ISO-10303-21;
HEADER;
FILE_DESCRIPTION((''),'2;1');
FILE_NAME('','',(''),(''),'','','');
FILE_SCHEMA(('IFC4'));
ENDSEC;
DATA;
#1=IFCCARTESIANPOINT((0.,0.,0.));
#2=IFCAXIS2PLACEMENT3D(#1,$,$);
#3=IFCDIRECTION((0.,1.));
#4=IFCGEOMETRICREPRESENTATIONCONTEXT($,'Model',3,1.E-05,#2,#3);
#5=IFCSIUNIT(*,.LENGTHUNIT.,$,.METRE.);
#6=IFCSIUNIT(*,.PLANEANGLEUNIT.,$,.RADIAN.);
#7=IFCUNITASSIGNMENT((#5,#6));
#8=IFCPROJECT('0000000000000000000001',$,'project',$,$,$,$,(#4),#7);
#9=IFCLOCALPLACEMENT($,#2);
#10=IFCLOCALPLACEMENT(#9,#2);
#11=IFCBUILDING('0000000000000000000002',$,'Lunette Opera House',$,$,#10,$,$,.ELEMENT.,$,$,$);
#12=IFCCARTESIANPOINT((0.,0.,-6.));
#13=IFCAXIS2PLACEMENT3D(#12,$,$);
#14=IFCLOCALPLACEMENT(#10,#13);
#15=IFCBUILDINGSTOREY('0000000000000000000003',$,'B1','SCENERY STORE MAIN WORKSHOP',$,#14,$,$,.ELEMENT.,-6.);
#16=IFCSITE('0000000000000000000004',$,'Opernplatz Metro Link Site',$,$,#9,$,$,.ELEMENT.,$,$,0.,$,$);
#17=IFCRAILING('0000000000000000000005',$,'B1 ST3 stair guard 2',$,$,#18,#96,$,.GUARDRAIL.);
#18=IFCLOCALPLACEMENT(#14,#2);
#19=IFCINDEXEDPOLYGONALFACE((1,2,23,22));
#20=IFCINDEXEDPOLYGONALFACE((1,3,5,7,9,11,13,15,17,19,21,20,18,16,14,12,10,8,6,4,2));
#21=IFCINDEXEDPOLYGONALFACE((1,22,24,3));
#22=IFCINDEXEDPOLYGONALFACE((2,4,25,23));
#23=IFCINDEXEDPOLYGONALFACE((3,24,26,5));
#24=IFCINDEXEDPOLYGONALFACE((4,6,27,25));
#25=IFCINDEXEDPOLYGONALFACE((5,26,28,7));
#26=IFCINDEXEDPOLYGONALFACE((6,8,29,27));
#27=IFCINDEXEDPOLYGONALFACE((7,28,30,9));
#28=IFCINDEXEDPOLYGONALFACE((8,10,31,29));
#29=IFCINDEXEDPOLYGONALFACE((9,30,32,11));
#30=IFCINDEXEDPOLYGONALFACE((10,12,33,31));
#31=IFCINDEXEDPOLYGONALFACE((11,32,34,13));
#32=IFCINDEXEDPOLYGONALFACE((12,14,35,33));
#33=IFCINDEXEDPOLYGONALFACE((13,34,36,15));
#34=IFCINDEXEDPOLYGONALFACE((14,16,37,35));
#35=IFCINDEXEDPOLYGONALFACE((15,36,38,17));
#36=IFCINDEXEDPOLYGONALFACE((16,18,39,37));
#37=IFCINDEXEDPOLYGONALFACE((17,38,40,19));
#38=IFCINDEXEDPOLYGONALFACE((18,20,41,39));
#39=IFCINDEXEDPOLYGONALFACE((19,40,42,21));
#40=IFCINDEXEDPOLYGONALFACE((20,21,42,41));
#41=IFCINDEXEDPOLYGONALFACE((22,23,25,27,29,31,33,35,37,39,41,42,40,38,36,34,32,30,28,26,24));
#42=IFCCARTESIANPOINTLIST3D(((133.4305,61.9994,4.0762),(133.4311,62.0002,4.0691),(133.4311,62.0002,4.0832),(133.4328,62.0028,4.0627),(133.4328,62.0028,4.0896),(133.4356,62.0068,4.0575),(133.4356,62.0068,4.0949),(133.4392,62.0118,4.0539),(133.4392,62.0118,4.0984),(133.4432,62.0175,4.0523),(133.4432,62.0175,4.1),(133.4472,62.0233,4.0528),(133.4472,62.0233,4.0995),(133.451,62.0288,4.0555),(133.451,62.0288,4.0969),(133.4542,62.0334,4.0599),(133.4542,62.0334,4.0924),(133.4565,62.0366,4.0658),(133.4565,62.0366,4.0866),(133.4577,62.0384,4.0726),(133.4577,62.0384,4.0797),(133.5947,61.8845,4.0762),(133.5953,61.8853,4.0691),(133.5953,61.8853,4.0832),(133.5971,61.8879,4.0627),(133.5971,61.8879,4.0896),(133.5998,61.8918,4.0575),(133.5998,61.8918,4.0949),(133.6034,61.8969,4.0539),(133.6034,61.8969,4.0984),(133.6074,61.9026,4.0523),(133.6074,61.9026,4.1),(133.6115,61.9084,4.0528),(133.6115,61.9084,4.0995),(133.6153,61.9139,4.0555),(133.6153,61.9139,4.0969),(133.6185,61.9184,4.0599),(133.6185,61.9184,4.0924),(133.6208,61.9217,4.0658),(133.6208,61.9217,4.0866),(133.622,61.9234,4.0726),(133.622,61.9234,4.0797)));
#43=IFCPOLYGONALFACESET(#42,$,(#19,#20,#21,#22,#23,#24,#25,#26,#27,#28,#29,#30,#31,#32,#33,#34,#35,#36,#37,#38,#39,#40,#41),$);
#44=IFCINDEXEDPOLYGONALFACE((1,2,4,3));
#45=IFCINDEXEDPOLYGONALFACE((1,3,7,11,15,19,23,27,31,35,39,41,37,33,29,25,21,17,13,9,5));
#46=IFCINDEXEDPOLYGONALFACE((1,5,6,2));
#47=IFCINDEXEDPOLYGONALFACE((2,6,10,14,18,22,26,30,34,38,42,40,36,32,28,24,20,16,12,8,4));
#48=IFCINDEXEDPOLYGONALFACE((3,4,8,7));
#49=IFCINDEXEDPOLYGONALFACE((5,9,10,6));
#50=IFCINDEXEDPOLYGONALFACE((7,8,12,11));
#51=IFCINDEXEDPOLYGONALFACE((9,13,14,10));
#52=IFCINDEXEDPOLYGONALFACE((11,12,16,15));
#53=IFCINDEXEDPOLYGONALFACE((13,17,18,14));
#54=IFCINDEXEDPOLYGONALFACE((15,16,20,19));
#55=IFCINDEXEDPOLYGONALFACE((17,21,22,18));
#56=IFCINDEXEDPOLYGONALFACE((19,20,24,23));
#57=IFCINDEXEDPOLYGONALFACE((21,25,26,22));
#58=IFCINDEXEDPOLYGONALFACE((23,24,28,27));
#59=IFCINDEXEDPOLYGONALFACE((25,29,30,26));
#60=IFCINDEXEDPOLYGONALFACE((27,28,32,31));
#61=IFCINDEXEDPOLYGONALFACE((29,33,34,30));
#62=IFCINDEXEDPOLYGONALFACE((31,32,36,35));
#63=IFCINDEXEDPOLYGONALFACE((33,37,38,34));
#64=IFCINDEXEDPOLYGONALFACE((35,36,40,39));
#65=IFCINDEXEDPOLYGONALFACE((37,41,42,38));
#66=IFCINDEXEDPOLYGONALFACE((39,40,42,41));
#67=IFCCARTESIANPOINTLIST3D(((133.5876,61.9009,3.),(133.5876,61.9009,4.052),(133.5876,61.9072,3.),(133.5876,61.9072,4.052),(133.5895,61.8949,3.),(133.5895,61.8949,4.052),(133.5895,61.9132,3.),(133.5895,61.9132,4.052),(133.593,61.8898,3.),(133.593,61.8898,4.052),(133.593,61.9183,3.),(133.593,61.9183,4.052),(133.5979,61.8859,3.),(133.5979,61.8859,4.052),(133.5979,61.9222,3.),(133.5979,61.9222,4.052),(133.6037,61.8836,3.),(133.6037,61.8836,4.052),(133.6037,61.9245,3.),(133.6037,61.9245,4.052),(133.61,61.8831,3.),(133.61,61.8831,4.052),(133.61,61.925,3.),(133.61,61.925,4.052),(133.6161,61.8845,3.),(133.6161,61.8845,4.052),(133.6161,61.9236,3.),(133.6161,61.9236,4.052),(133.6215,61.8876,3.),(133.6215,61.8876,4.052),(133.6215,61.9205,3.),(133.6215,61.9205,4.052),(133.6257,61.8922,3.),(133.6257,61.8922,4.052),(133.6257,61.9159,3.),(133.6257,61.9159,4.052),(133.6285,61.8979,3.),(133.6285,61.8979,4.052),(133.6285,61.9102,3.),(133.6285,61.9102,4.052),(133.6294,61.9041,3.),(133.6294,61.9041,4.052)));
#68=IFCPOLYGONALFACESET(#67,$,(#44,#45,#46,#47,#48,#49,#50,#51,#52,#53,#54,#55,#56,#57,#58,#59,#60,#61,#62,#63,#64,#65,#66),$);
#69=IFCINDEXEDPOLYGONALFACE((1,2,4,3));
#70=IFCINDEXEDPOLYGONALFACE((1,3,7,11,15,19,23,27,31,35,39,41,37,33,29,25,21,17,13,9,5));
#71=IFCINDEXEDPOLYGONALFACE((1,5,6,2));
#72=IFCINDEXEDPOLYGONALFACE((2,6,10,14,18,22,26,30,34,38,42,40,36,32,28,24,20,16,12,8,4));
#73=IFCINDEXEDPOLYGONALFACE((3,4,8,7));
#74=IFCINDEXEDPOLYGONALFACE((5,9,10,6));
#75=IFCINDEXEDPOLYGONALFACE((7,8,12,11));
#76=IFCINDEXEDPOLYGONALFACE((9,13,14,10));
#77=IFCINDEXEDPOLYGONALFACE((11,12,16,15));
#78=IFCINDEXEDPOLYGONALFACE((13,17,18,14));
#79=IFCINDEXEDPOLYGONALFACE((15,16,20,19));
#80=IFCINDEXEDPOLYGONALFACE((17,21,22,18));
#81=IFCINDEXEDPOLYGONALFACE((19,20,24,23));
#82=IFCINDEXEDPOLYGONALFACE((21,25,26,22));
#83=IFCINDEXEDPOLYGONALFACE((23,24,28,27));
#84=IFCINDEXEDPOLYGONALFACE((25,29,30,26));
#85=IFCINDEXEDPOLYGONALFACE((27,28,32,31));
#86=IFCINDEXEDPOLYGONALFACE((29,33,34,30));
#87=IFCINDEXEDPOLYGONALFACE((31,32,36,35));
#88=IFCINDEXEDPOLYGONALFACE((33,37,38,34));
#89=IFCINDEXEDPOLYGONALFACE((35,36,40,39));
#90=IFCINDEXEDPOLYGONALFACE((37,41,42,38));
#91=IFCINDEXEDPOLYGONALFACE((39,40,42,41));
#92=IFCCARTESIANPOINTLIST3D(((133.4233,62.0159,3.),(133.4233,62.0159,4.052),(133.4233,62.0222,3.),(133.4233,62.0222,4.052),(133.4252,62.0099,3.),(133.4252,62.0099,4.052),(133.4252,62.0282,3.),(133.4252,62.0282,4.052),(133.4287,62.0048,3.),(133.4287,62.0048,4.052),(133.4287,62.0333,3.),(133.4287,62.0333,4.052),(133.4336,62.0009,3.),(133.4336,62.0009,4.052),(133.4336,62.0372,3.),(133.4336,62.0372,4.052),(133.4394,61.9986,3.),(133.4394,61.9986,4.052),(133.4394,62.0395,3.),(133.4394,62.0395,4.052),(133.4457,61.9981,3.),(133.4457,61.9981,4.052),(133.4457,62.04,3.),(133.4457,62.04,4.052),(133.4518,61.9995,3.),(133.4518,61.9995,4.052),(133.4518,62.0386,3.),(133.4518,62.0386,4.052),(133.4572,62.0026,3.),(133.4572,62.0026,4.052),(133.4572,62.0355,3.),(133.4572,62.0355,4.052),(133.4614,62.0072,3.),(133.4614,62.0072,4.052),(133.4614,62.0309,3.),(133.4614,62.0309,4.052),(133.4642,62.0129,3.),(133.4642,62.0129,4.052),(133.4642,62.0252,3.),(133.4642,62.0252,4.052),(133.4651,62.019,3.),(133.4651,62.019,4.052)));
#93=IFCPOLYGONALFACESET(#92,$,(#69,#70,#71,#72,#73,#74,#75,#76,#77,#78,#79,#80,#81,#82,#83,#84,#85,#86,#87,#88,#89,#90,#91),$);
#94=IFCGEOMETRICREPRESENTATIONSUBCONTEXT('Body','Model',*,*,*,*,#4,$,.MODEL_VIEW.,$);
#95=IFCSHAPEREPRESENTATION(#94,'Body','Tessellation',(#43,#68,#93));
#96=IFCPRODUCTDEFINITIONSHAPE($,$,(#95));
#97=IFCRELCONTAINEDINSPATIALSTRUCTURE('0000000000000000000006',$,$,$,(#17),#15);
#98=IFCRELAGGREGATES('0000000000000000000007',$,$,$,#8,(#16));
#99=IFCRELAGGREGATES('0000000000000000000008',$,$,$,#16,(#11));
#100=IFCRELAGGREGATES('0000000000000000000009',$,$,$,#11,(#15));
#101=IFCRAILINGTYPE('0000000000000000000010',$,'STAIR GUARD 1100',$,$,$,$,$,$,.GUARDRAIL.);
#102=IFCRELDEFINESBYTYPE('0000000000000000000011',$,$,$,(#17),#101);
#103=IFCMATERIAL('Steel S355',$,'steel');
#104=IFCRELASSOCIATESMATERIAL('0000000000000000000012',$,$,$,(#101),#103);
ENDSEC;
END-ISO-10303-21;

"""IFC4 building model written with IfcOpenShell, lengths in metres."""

from ifc_helpers import new_model, si_unit, direction, frame, origin, origin_2d, place, context, subcontext, project, spatial, circle, extrude, material, type_object, element, save


model = new_model("IFC4")

# Units and contexts
model_context = context("Model", 3, precision=1e-05, world=origin(), true_north=direction((0.0, 1.0)))
body_context = subcontext(model_context, "Body", "Model", "MODEL_VIEW")
ifc_project = project(units=[si_unit("LENGTHUNIT", "METRE"), si_unit("PLANEANGLEUNIT", "RADIAN")], contexts=[model_context])

# Site, building, storey
site_placement = place(None, origin())
site = spatial("IfcSite", under=ifc_project, at=site_placement, Name="Opernplatz Metro Link Site", CompositionType="ELEMENT", RefElevation=0.0)
building_placement = place(site_placement, origin())
building = spatial("IfcBuilding", under=site, at=building_placement, Name="Lunette Opera House", CompositionType="ELEMENT")
storey_placement = place(building_placement, frame((0.0, 0.0, -6.0)))
storey = spatial("IfcBuildingStorey", under=building, at=storey_placement, Name="B1", Description="SCENERY STORE MAIN WORKSHOP", CompositionType="ELEMENT", Elevation=-6.0)

# Railing
ifc_material_1 = material(Name="Steel S355", Category="steel")
railing_type_1 = type_object("IfcRailingType", Name="STAIR GUARD 1100", PredefinedType="GUARDRAIL", material=ifc_material_1)
railing_1_placement = place(storey_placement, frame((133.6084, 61.9041, 3.0)))
element("IfcRailing", 1, at=railing_1_placement, inside=storey, type_object=railing_type_1, Name="B1 ST3 stair guard 2", PredefinedType="GUARDRAIL", context=body_context, shape_type="SweptSolid", body=[
    extrude(circle(Radius=0.0239, at=origin_2d()), frame((0.0, 0.0, 1.0762), z_axis=(-0.819289, 0.573381, 0.0), x_axis=(-0.573381, -0.819289, 0.0)), (0.0, 0.0, 1.0), 0.2004),
    extrude(circle(Radius=0.021, at=origin_2d()), origin(), (0.0, 0.0, 1.0), 1.052),
    extrude(circle(Radius=0.021, at=origin_2d()), frame((-0.1643, 0.115, 0.0)), (0.0, 0.0, 1.0), 1.052),
])

save(model, "model.ifc")
